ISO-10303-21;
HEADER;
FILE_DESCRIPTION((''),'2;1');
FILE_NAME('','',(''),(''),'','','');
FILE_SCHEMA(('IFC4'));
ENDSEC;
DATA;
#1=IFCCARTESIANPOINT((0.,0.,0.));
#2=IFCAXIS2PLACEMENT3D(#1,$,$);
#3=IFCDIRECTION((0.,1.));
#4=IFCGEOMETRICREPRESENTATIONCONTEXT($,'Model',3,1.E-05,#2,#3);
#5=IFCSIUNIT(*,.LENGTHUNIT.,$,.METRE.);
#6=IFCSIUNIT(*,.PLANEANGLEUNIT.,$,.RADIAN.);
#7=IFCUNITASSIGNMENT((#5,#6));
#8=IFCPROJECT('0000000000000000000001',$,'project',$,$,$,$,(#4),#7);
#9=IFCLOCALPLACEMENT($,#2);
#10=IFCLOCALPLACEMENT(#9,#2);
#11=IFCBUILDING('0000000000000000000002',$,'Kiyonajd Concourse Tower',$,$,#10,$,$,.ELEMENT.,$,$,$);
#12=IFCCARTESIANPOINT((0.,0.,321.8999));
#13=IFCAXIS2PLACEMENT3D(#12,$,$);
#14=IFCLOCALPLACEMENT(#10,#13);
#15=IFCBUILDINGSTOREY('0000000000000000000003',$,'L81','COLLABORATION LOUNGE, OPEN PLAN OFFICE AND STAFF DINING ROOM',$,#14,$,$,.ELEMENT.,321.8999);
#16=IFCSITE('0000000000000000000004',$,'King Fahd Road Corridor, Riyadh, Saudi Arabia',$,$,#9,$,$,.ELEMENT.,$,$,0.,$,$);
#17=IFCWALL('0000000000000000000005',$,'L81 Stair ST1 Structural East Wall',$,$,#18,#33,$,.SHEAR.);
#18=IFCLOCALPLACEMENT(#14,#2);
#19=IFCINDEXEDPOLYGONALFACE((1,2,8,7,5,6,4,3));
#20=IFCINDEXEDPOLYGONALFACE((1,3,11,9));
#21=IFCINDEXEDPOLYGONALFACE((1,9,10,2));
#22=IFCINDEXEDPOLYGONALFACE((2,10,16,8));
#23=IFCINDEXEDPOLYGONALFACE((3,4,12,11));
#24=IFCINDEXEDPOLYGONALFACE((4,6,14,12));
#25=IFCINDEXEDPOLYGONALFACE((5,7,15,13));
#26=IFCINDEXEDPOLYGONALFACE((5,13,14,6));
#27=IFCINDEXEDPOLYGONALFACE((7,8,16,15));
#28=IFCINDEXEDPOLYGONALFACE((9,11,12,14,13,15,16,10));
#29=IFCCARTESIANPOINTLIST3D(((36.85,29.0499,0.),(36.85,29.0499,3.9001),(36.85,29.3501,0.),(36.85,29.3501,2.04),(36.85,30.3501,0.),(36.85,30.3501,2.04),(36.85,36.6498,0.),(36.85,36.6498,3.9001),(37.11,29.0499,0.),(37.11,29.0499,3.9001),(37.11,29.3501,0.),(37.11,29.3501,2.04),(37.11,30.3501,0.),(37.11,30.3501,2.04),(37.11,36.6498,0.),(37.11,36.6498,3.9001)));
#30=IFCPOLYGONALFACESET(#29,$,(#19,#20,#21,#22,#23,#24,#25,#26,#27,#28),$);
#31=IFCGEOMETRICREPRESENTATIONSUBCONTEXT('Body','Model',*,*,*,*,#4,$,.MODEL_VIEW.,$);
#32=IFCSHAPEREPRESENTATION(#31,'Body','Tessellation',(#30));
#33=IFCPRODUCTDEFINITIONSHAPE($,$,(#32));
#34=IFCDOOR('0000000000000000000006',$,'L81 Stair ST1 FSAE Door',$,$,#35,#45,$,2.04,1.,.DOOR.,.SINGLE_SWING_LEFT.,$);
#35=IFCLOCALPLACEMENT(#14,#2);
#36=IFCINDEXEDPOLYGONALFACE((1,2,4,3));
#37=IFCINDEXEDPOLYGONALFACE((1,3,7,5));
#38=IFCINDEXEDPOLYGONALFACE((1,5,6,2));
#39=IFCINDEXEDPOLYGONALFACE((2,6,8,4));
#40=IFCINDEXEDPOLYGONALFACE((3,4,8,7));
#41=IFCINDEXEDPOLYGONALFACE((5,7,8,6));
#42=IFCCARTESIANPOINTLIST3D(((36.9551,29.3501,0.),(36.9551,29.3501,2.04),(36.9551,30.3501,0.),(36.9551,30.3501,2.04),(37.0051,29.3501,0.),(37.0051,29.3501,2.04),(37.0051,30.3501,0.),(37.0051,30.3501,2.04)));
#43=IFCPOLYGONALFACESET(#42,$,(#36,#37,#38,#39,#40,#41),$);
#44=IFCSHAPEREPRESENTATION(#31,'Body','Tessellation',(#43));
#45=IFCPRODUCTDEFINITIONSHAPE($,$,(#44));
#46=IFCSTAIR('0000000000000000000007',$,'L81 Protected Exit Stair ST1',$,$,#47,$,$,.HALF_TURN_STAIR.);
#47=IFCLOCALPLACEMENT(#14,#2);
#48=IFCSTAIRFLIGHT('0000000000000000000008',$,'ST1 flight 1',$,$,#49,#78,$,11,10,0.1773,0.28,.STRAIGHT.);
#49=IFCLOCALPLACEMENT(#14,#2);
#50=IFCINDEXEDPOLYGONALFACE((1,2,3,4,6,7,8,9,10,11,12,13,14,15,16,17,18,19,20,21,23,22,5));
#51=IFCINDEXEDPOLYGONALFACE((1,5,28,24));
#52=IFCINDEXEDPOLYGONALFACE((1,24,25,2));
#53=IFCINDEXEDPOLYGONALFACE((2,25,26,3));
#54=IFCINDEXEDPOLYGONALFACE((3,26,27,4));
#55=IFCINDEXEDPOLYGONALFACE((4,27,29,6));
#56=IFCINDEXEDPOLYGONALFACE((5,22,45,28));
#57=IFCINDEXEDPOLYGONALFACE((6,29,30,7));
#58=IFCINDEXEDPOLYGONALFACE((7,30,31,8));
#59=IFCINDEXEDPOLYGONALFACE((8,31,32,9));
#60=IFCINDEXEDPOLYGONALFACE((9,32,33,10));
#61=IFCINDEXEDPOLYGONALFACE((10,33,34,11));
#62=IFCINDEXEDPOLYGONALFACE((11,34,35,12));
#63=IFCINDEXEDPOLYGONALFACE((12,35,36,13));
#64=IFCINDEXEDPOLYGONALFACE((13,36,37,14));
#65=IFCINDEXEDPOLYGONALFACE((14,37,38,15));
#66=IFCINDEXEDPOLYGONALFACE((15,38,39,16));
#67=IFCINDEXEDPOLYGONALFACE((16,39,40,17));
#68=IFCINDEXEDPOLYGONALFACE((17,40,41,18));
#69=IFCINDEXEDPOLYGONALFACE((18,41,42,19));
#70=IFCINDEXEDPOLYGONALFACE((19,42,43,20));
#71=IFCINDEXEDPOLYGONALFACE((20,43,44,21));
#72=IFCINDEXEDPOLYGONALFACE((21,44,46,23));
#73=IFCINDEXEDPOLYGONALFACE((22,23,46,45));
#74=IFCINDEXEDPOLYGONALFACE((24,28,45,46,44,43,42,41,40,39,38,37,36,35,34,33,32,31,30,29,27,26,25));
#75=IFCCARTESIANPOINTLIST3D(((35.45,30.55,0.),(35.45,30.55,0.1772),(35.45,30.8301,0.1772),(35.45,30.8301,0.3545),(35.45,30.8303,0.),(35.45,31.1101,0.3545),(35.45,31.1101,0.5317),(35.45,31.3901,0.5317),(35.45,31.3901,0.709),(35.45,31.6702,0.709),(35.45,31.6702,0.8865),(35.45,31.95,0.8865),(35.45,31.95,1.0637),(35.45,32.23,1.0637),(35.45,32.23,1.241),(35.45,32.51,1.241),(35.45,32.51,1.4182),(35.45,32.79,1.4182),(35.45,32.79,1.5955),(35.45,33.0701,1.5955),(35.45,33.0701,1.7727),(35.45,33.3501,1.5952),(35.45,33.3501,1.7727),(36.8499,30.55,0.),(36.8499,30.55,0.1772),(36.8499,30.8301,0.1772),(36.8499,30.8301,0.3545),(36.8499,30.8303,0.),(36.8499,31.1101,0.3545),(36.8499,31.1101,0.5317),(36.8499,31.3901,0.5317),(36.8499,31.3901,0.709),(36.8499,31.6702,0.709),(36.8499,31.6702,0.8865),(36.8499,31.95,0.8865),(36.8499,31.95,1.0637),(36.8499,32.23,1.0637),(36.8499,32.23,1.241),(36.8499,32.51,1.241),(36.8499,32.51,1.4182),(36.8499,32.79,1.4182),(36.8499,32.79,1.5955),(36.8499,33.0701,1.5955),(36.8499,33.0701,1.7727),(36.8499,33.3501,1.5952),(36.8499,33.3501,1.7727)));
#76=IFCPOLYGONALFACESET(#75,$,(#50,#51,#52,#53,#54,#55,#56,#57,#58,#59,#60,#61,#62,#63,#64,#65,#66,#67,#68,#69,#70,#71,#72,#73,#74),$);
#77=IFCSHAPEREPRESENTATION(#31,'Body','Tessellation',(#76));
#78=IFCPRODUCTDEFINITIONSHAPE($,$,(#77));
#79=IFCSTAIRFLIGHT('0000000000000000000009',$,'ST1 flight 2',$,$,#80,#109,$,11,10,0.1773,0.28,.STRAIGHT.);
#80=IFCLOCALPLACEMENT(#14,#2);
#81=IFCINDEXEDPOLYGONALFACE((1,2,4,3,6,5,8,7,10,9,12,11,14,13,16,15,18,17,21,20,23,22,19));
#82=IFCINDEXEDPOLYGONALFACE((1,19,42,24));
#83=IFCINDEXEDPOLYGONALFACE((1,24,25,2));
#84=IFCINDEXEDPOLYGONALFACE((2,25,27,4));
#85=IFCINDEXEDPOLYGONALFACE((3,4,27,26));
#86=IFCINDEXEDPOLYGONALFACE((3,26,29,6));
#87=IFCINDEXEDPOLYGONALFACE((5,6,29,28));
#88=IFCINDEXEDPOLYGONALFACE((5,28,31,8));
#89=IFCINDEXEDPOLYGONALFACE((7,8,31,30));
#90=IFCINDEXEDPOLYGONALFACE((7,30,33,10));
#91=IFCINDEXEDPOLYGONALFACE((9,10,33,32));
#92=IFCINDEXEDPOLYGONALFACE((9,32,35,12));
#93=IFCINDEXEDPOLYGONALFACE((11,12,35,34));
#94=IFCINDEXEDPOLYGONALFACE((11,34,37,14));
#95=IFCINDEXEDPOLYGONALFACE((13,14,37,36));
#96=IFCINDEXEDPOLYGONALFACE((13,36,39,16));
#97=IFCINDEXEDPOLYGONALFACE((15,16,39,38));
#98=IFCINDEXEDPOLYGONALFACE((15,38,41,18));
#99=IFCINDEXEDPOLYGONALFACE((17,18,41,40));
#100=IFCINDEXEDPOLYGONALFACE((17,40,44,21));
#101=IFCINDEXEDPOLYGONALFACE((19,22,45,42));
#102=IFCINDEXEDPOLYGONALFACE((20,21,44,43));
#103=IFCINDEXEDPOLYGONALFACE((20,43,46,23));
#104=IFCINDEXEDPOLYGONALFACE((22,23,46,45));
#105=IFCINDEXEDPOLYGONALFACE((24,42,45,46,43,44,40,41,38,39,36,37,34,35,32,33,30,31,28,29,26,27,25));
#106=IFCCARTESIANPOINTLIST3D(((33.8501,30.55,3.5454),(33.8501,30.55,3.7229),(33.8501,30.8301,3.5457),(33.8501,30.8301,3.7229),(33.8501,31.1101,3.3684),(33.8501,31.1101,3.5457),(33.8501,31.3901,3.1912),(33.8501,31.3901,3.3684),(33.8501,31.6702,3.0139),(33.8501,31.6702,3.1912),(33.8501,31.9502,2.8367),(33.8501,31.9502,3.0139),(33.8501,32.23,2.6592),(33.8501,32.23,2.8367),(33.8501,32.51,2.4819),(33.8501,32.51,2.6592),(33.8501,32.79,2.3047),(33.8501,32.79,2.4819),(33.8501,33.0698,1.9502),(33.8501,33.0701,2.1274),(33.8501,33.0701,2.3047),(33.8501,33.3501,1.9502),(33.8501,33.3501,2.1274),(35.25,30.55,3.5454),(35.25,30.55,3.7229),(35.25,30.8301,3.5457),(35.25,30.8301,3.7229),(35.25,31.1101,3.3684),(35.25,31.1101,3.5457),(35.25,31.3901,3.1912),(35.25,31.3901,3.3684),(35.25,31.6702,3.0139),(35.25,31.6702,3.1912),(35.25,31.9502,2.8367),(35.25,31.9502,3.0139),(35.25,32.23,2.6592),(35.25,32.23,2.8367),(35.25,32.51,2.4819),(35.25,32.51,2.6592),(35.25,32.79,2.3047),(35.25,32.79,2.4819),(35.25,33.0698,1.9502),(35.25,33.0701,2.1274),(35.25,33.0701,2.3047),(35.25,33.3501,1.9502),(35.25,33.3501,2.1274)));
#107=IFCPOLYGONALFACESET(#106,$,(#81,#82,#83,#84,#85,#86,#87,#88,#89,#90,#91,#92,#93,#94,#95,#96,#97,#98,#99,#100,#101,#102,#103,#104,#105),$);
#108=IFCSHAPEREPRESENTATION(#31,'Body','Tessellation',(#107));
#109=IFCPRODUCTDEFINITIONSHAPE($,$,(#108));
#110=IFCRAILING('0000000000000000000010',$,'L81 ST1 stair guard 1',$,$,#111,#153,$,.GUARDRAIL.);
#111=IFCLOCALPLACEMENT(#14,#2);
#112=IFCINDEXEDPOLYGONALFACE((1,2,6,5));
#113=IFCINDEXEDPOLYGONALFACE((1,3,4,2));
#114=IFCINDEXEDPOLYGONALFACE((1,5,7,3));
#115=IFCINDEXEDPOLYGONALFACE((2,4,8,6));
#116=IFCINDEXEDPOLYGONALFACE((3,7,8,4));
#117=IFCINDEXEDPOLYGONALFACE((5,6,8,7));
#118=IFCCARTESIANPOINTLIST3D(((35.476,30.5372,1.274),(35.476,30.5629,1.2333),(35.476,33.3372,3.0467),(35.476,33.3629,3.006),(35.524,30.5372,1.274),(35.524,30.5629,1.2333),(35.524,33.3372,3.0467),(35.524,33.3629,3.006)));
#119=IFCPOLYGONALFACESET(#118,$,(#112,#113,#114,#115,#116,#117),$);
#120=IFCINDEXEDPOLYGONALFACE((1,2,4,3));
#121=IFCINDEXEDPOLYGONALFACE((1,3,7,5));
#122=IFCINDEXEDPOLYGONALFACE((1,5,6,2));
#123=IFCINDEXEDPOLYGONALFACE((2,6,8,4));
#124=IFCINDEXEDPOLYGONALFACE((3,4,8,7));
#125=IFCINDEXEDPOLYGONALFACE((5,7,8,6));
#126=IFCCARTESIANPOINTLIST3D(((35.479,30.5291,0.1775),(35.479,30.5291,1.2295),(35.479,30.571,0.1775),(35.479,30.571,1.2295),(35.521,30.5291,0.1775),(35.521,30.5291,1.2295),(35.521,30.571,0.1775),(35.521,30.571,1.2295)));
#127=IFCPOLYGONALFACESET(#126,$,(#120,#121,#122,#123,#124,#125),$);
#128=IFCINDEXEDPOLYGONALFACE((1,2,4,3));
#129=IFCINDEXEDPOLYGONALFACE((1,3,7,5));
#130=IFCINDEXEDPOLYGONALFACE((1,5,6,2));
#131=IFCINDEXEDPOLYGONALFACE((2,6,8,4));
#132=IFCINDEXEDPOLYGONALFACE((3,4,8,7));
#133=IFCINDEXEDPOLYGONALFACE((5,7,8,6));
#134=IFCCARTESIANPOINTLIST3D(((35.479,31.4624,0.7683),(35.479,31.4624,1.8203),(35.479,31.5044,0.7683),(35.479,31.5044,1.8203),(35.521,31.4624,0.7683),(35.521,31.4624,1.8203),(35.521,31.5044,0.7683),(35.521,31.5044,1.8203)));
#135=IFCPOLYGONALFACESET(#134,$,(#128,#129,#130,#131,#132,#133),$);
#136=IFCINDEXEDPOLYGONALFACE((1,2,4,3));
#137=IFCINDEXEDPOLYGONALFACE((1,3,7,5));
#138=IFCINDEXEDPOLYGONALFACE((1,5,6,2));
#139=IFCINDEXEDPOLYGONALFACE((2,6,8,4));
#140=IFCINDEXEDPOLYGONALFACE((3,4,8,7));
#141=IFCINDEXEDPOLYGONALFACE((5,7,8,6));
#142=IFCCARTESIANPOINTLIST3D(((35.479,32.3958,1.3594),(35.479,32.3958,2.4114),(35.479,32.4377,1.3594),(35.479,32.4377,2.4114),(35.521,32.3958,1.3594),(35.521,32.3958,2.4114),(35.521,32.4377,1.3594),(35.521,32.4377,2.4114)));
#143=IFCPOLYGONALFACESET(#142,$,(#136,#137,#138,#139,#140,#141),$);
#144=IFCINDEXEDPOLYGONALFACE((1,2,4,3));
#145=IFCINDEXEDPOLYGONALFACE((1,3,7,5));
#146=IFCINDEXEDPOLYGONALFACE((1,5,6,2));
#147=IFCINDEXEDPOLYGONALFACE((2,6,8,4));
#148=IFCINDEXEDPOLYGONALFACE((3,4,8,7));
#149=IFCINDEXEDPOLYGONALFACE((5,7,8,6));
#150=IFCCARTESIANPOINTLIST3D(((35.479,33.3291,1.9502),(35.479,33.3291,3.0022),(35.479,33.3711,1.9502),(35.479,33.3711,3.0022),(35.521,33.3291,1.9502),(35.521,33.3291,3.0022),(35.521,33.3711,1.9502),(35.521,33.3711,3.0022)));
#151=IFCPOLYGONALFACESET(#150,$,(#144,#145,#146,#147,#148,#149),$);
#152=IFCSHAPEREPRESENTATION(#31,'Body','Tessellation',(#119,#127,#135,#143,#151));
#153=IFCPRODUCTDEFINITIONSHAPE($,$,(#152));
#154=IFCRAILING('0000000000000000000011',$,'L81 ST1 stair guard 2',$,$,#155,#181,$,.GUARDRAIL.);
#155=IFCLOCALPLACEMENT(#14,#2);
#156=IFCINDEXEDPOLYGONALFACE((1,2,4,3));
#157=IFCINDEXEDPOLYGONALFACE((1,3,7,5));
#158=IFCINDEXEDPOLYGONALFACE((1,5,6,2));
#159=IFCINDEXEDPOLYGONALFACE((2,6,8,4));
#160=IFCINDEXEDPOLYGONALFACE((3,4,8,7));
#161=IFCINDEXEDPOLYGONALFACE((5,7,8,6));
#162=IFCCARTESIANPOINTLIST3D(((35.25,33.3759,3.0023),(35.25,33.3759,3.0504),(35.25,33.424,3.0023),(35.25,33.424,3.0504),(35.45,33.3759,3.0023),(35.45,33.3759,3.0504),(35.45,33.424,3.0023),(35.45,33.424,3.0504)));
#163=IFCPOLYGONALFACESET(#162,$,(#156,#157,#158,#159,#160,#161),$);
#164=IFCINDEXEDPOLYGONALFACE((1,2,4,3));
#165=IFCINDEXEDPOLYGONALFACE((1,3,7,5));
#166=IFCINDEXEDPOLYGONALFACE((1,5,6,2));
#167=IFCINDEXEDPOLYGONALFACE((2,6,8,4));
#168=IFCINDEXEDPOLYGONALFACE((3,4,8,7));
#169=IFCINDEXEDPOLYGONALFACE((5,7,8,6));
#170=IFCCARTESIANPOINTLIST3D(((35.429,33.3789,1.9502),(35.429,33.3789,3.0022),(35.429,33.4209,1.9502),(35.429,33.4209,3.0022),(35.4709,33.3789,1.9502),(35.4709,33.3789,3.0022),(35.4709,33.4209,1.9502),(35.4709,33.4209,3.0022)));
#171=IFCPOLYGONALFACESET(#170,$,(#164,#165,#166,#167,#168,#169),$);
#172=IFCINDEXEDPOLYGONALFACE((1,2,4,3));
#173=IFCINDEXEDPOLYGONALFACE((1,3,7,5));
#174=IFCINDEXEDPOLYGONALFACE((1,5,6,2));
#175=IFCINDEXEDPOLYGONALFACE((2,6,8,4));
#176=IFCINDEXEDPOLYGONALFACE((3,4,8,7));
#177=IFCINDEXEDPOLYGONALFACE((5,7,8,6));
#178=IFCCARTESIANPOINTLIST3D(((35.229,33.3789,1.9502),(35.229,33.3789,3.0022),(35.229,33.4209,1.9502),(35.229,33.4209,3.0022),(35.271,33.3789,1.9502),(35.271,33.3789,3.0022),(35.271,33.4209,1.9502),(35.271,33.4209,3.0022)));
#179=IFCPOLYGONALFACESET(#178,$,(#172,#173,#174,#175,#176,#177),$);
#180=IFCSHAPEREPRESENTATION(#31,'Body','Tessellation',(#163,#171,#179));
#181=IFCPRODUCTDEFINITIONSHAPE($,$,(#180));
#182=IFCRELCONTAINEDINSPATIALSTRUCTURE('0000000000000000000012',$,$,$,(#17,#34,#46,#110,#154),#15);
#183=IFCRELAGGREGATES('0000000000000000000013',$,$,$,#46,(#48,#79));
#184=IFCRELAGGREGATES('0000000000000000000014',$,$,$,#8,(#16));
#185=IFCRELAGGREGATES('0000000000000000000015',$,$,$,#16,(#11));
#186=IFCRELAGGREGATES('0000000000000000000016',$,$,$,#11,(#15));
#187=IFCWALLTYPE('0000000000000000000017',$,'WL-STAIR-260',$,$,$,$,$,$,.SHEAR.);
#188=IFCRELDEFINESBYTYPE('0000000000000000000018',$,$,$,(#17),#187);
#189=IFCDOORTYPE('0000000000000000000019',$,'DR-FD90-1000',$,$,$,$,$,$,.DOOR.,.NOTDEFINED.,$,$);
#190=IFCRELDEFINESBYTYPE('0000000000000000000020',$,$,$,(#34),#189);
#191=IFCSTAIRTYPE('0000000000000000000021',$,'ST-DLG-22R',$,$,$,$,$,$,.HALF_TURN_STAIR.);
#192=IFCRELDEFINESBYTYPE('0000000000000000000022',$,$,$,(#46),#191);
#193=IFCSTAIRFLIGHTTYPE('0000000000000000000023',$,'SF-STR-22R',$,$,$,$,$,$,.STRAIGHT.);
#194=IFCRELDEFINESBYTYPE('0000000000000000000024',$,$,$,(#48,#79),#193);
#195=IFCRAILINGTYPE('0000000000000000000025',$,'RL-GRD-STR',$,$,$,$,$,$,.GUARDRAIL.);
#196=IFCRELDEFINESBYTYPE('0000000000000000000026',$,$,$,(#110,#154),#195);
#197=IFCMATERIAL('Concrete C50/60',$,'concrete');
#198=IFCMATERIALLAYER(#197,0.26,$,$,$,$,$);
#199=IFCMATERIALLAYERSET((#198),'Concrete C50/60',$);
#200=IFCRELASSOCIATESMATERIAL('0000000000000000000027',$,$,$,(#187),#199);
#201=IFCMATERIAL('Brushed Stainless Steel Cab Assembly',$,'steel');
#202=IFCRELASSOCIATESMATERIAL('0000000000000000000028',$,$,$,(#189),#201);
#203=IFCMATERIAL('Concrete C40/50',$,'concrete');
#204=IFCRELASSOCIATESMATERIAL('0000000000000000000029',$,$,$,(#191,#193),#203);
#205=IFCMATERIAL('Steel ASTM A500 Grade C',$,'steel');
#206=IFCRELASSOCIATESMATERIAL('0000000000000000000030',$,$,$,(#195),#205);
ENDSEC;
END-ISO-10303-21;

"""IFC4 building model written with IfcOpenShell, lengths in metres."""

from ifc_helpers import new_model, si_unit, direction, frame, frame_2d, origin, origin_2d, place, context, subcontext, project, spatial, polyline, rectangle, outline, extrude, material, layer, layer_set, type_object, element, fill, aggregate, save


model = new_model("IFC4")

# Units and contexts
model_context = context("Model", 3, precision=1e-05, world=origin(), true_north=direction((0.0, 1.0)))
body_context = subcontext(model_context, "Body", "Model", "MODEL_VIEW")
ifc_project = project(units=[si_unit("LENGTHUNIT", "METRE"), si_unit("PLANEANGLEUNIT", "RADIAN")], contexts=[model_context])

# Site, building, storey
site_placement = place(None, origin())
site = spatial("IfcSite", under=ifc_project, at=site_placement, Name="King Fahd Road Corridor, Riyadh, Saudi Arabia", CompositionType="ELEMENT", RefElevation=0.0)
building_placement = place(site_placement, origin())
building = spatial("IfcBuilding", under=site, at=building_placement, Name="Kiyonajd Concourse Tower", CompositionType="ELEMENT")
storey_placement = place(building_placement, frame((0.0, 0.0, 321.8999)))
storey = spatial("IfcBuildingStorey", under=building, at=storey_placement, Name="L81", Description="COLLABORATION LOUNGE, OPEN PLAN OFFICE AND STAFF DINING ROOM", CompositionType="ELEMENT", Elevation=321.8999)

# Shared definitions
ifc_material_1 = material(Name="Concrete C50/60", Category="concrete")

# Shared definitions
ifc_material_2 = material(Name="Brushed Stainless Steel Cab Assembly", Category="steel")

# Shared definitions
ifc_layer_1 = layer(ifc_material_1, 0.26)
ifc_layer_set_1 = layer_set([ifc_layer_1], Name="Concrete C50/60")
wall_type_1 = type_object("IfcWallType", Name="WL-STAIR-260", PredefinedType="SHEAR", material=ifc_layer_set_1)

# Wall, opening, door
wall_1_placement = place(storey_placement, frame((36.98, 29.05, 0.0), z_axis=(0.0, 0.0, 1.0), x_axis=(0.0, 1.0, 0.0)))
wall_1 = element("IfcWall", 1, at=wall_1_placement, inside=storey, type_object=wall_type_1, Name="L81 Stair ST1 Structural East Wall", PredefinedType="SHEAR", context=body_context, shape_type="SweptSolid", body=[
    extrude(rectangle(XDim=7.5999, YDim=0.26, at=frame_2d((3.7998, 0.0))), origin(), (0.0, 0.0, 1.0), 3.9001),
])
opening_1_placement = place(wall_1_placement, frame((0.3, 0.0, 0.0)))
opening_1 = element("IfcOpeningElement", 2, at=opening_1_placement, cuts=wall_1, PredefinedType="OPENING", context=body_context, shape_type="SweptSolid", body=[
    extrude(rectangle(XDim=1.0, YDim=2.04, at=frame_2d((0.5, 1.02))), frame((0.0, 0.1399, 0.0), z_axis=(0.0, -1.0, 0.0), x_axis=(1.0, 0.0, 0.0)), (0.0, 0.0, 1.0), 0.28),
])
door_type_1 = type_object("IfcDoorType", Name="DR-FD90-1000", OperationType="NOTDEFINED", PredefinedType="DOOR", material=ifc_material_2)
door_1_placement = place(opening_1_placement, origin())
door_1 = element("IfcDoor", 3, at=door_1_placement, inside=storey, type_object=door_type_1, Name="L81 Stair ST1 FSAE Door", OperationType="SINGLE_SWING_LEFT", OverallHeight=2.04, OverallWidth=1.0, PredefinedType="DOOR", context=body_context, shape_type="SweptSolid", body=[
    extrude(rectangle(XDim=1.0, YDim=2.04, at=frame_2d((0.5, 1.02))), frame((0.0, 0.0249, 0.0), z_axis=(0.0, -1.0, 0.0), x_axis=(1.0, 0.0, 0.0)), (0.0, 0.0, 1.0), 0.05),
])
fill(opening_1, door_1)

# Stair, stair flights
ifc_material_3 = material(Name="Concrete C40/50", Category="concrete")
stair_type = type_object("IfcStairType", Name="ST-DLG-22R", PredefinedType="HALF_TURN_STAIR", material=ifc_material_3)
stair_placement = place(storey_placement, origin())
stair = element("IfcStair", 4, at=stair_placement, inside=storey, type_object=stair_type, Name="L81 Protected Exit Stair ST1", PredefinedType="HALF_TURN_STAIR")
stair_flight_type = type_object("IfcStairFlightType", Name="SF-STR-22R", PredefinedType="STRAIGHT", material=ifc_material_3)
stair_flight_1_placement = place(storey_placement, frame((36.1499, 30.55, 0.0), z_axis=(0.0, 0.0, 1.0), x_axis=(0.0, 1.0, 0.0)))
stair_flight_1 = element("IfcStairFlight", 5, at=stair_flight_1_placement, type_object=stair_flight_type, Name="ST1 flight 1", NumberOfRisers=11, NumberOfTreads=10, PredefinedType="STRAIGHT", RiserHeight=0.1773, TreadLength=0.28, context=body_context, shape_type="SweptSolid", body=[
    extrude(outline(polyline([(0.0, 0.0), (0.0, 0.1772), (0.28, 0.1772), (0.28, 0.3545), (0.5601, 0.3545), (0.5601, 0.5317), (0.8401, 0.5317), (0.8401, 0.709), (1.1201, 0.709), (1.1201, 0.8865), (1.3999, 0.8865), (1.3999, 1.0637), (1.6799, 1.0637), (1.6799, 1.241), (1.96, 1.241), (1.96, 1.4182), (2.24, 1.4182), (2.24, 1.5955), (2.52, 1.5955), (2.52, 1.7727), (2.8, 1.7727), (2.8, 1.95), (2.8, 1.5952), (0.2803, 0.0), (0.0, 0.0)])), frame((0.0, 0.7, 0.0), z_axis=(0.0, -1.0, 0.0), x_axis=(1.0, 0.0, 0.0)), (0.0, 0.0, 1.0), 1.3999),
])
stair_flight_2_placement = place(storey_placement, frame((34.55, 33.3501, 1.9502), z_axis=(0.0, 0.0, 1.0), x_axis=(0.0, -1.0, 0.0)))
stair_flight_2 = element("IfcStairFlight", 6, at=stair_flight_2_placement, type_object=stair_flight_type, Name="ST1 flight 2", NumberOfRisers=11, NumberOfTreads=10, PredefinedType="STRAIGHT", RiserHeight=0.1773, TreadLength=0.28, context=body_context, shape_type="SweptSolid", body=[
    extrude(outline(polyline([(0.0, 0.0), (0.0, 0.1772), (0.28, 0.1772), (0.28, 0.3545), (0.5601, 0.3545), (0.5601, 0.5317), (0.8401, 0.5317), (0.8401, 0.709), (1.1201, 0.709), (1.1201, 0.8865), (1.3999, 0.8865), (1.3999, 1.0637), (1.6799, 1.0637), (1.6799, 1.241), (1.96, 1.241), (1.96, 1.4182), (2.24, 1.4182), (2.24, 1.5955), (2.52, 1.5955), (2.52, 1.7727), (2.8, 1.7727), (2.8, 1.95), (2.8, 1.5952), (0.2803, 0.0), (0.0, 0.0)])), frame((0.0, 0.7, 0.0), z_axis=(0.0, -1.0, 0.0), x_axis=(1.0, 0.0, 0.0)), (0.0, 0.0, 1.0), 1.3999),
])
aggregate(stair, [stair_flight_1, stair_flight_2])

# Railings
ifc_material_4 = material(Name="Steel ASTM A500 Grade C", Category="steel")
railing_type_1 = type_object("IfcRailingType", Name="RL-GRD-STR", PredefinedType="GUARDRAIL", material=ifc_material_4)
railing_1_placement = place(storey_placement, frame((35.5, 30.55, 0.1775)))
element("IfcRailing", 7, at=railing_1_placement, inside=storey, type_object=railing_type_1, Name="L81 ST1 stair guard 1", PredefinedType="GUARDRAIL", context=body_context, shape_type="SweptSolid", body=[
    extrude(rectangle(XDim=0.0481, YDim=0.0481, at=origin_2d()), frame((0.0, 0.0, 1.0762), z_axis=(0.0, 0.844909, 0.53491), x_axis=(-1.0, 0.0, 0.0)), (0.0, 0.0, 1.0), 3.314),
    extrude(rectangle(XDim=0.042, YDim=0.042, at=origin_2d()), origin(), (0.0, 0.0, 1.0), 1.052),
    extrude(rectangle(XDim=0.042, YDim=0.042, at=origin_2d()), frame((0.0, 0.9333, 0.5908)), (0.0, 0.0, 1.0), 1.052),
    extrude(rectangle(XDim=0.042, YDim=0.042, at=origin_2d()), frame((0.0, 1.8667, 1.1819)), (0.0, 0.0, 1.0), 1.052),
    extrude(rectangle(XDim=0.042, YDim=0.042, at=origin_2d()), frame((0.0, 2.8, 1.7727)), (0.0, 0.0, 1.0), 1.052),
])
railing_2_placement = place(storey_placement, frame((35.45, 33.3999, 1.9502)))
element("IfcRailing", 8, at=railing_2_placement, inside=storey, type_object=railing_type_1, Name="L81 ST1 stair guard 2", PredefinedType="GUARDRAIL", context=body_context, shape_type="SweptSolid", body=[
    extrude(rectangle(XDim=0.0481, YDim=0.0481, at=origin_2d()), frame((0.0, 0.0, 1.0762), z_axis=(-1.0, 0.0, 0.0), x_axis=(0.0, -1.0, 0.0)), (0.0, 0.0, 1.0), 0.2),
    extrude(rectangle(XDim=0.042, YDim=0.042, at=origin_2d()), origin(), (0.0, 0.0, 1.0), 1.052),
    extrude(rectangle(XDim=0.042, YDim=0.042, at=origin_2d()), frame((-0.2, 0.0, 0.0)), (0.0, 0.0, 1.0), 1.052),
])

save(model, "model.ifc")
